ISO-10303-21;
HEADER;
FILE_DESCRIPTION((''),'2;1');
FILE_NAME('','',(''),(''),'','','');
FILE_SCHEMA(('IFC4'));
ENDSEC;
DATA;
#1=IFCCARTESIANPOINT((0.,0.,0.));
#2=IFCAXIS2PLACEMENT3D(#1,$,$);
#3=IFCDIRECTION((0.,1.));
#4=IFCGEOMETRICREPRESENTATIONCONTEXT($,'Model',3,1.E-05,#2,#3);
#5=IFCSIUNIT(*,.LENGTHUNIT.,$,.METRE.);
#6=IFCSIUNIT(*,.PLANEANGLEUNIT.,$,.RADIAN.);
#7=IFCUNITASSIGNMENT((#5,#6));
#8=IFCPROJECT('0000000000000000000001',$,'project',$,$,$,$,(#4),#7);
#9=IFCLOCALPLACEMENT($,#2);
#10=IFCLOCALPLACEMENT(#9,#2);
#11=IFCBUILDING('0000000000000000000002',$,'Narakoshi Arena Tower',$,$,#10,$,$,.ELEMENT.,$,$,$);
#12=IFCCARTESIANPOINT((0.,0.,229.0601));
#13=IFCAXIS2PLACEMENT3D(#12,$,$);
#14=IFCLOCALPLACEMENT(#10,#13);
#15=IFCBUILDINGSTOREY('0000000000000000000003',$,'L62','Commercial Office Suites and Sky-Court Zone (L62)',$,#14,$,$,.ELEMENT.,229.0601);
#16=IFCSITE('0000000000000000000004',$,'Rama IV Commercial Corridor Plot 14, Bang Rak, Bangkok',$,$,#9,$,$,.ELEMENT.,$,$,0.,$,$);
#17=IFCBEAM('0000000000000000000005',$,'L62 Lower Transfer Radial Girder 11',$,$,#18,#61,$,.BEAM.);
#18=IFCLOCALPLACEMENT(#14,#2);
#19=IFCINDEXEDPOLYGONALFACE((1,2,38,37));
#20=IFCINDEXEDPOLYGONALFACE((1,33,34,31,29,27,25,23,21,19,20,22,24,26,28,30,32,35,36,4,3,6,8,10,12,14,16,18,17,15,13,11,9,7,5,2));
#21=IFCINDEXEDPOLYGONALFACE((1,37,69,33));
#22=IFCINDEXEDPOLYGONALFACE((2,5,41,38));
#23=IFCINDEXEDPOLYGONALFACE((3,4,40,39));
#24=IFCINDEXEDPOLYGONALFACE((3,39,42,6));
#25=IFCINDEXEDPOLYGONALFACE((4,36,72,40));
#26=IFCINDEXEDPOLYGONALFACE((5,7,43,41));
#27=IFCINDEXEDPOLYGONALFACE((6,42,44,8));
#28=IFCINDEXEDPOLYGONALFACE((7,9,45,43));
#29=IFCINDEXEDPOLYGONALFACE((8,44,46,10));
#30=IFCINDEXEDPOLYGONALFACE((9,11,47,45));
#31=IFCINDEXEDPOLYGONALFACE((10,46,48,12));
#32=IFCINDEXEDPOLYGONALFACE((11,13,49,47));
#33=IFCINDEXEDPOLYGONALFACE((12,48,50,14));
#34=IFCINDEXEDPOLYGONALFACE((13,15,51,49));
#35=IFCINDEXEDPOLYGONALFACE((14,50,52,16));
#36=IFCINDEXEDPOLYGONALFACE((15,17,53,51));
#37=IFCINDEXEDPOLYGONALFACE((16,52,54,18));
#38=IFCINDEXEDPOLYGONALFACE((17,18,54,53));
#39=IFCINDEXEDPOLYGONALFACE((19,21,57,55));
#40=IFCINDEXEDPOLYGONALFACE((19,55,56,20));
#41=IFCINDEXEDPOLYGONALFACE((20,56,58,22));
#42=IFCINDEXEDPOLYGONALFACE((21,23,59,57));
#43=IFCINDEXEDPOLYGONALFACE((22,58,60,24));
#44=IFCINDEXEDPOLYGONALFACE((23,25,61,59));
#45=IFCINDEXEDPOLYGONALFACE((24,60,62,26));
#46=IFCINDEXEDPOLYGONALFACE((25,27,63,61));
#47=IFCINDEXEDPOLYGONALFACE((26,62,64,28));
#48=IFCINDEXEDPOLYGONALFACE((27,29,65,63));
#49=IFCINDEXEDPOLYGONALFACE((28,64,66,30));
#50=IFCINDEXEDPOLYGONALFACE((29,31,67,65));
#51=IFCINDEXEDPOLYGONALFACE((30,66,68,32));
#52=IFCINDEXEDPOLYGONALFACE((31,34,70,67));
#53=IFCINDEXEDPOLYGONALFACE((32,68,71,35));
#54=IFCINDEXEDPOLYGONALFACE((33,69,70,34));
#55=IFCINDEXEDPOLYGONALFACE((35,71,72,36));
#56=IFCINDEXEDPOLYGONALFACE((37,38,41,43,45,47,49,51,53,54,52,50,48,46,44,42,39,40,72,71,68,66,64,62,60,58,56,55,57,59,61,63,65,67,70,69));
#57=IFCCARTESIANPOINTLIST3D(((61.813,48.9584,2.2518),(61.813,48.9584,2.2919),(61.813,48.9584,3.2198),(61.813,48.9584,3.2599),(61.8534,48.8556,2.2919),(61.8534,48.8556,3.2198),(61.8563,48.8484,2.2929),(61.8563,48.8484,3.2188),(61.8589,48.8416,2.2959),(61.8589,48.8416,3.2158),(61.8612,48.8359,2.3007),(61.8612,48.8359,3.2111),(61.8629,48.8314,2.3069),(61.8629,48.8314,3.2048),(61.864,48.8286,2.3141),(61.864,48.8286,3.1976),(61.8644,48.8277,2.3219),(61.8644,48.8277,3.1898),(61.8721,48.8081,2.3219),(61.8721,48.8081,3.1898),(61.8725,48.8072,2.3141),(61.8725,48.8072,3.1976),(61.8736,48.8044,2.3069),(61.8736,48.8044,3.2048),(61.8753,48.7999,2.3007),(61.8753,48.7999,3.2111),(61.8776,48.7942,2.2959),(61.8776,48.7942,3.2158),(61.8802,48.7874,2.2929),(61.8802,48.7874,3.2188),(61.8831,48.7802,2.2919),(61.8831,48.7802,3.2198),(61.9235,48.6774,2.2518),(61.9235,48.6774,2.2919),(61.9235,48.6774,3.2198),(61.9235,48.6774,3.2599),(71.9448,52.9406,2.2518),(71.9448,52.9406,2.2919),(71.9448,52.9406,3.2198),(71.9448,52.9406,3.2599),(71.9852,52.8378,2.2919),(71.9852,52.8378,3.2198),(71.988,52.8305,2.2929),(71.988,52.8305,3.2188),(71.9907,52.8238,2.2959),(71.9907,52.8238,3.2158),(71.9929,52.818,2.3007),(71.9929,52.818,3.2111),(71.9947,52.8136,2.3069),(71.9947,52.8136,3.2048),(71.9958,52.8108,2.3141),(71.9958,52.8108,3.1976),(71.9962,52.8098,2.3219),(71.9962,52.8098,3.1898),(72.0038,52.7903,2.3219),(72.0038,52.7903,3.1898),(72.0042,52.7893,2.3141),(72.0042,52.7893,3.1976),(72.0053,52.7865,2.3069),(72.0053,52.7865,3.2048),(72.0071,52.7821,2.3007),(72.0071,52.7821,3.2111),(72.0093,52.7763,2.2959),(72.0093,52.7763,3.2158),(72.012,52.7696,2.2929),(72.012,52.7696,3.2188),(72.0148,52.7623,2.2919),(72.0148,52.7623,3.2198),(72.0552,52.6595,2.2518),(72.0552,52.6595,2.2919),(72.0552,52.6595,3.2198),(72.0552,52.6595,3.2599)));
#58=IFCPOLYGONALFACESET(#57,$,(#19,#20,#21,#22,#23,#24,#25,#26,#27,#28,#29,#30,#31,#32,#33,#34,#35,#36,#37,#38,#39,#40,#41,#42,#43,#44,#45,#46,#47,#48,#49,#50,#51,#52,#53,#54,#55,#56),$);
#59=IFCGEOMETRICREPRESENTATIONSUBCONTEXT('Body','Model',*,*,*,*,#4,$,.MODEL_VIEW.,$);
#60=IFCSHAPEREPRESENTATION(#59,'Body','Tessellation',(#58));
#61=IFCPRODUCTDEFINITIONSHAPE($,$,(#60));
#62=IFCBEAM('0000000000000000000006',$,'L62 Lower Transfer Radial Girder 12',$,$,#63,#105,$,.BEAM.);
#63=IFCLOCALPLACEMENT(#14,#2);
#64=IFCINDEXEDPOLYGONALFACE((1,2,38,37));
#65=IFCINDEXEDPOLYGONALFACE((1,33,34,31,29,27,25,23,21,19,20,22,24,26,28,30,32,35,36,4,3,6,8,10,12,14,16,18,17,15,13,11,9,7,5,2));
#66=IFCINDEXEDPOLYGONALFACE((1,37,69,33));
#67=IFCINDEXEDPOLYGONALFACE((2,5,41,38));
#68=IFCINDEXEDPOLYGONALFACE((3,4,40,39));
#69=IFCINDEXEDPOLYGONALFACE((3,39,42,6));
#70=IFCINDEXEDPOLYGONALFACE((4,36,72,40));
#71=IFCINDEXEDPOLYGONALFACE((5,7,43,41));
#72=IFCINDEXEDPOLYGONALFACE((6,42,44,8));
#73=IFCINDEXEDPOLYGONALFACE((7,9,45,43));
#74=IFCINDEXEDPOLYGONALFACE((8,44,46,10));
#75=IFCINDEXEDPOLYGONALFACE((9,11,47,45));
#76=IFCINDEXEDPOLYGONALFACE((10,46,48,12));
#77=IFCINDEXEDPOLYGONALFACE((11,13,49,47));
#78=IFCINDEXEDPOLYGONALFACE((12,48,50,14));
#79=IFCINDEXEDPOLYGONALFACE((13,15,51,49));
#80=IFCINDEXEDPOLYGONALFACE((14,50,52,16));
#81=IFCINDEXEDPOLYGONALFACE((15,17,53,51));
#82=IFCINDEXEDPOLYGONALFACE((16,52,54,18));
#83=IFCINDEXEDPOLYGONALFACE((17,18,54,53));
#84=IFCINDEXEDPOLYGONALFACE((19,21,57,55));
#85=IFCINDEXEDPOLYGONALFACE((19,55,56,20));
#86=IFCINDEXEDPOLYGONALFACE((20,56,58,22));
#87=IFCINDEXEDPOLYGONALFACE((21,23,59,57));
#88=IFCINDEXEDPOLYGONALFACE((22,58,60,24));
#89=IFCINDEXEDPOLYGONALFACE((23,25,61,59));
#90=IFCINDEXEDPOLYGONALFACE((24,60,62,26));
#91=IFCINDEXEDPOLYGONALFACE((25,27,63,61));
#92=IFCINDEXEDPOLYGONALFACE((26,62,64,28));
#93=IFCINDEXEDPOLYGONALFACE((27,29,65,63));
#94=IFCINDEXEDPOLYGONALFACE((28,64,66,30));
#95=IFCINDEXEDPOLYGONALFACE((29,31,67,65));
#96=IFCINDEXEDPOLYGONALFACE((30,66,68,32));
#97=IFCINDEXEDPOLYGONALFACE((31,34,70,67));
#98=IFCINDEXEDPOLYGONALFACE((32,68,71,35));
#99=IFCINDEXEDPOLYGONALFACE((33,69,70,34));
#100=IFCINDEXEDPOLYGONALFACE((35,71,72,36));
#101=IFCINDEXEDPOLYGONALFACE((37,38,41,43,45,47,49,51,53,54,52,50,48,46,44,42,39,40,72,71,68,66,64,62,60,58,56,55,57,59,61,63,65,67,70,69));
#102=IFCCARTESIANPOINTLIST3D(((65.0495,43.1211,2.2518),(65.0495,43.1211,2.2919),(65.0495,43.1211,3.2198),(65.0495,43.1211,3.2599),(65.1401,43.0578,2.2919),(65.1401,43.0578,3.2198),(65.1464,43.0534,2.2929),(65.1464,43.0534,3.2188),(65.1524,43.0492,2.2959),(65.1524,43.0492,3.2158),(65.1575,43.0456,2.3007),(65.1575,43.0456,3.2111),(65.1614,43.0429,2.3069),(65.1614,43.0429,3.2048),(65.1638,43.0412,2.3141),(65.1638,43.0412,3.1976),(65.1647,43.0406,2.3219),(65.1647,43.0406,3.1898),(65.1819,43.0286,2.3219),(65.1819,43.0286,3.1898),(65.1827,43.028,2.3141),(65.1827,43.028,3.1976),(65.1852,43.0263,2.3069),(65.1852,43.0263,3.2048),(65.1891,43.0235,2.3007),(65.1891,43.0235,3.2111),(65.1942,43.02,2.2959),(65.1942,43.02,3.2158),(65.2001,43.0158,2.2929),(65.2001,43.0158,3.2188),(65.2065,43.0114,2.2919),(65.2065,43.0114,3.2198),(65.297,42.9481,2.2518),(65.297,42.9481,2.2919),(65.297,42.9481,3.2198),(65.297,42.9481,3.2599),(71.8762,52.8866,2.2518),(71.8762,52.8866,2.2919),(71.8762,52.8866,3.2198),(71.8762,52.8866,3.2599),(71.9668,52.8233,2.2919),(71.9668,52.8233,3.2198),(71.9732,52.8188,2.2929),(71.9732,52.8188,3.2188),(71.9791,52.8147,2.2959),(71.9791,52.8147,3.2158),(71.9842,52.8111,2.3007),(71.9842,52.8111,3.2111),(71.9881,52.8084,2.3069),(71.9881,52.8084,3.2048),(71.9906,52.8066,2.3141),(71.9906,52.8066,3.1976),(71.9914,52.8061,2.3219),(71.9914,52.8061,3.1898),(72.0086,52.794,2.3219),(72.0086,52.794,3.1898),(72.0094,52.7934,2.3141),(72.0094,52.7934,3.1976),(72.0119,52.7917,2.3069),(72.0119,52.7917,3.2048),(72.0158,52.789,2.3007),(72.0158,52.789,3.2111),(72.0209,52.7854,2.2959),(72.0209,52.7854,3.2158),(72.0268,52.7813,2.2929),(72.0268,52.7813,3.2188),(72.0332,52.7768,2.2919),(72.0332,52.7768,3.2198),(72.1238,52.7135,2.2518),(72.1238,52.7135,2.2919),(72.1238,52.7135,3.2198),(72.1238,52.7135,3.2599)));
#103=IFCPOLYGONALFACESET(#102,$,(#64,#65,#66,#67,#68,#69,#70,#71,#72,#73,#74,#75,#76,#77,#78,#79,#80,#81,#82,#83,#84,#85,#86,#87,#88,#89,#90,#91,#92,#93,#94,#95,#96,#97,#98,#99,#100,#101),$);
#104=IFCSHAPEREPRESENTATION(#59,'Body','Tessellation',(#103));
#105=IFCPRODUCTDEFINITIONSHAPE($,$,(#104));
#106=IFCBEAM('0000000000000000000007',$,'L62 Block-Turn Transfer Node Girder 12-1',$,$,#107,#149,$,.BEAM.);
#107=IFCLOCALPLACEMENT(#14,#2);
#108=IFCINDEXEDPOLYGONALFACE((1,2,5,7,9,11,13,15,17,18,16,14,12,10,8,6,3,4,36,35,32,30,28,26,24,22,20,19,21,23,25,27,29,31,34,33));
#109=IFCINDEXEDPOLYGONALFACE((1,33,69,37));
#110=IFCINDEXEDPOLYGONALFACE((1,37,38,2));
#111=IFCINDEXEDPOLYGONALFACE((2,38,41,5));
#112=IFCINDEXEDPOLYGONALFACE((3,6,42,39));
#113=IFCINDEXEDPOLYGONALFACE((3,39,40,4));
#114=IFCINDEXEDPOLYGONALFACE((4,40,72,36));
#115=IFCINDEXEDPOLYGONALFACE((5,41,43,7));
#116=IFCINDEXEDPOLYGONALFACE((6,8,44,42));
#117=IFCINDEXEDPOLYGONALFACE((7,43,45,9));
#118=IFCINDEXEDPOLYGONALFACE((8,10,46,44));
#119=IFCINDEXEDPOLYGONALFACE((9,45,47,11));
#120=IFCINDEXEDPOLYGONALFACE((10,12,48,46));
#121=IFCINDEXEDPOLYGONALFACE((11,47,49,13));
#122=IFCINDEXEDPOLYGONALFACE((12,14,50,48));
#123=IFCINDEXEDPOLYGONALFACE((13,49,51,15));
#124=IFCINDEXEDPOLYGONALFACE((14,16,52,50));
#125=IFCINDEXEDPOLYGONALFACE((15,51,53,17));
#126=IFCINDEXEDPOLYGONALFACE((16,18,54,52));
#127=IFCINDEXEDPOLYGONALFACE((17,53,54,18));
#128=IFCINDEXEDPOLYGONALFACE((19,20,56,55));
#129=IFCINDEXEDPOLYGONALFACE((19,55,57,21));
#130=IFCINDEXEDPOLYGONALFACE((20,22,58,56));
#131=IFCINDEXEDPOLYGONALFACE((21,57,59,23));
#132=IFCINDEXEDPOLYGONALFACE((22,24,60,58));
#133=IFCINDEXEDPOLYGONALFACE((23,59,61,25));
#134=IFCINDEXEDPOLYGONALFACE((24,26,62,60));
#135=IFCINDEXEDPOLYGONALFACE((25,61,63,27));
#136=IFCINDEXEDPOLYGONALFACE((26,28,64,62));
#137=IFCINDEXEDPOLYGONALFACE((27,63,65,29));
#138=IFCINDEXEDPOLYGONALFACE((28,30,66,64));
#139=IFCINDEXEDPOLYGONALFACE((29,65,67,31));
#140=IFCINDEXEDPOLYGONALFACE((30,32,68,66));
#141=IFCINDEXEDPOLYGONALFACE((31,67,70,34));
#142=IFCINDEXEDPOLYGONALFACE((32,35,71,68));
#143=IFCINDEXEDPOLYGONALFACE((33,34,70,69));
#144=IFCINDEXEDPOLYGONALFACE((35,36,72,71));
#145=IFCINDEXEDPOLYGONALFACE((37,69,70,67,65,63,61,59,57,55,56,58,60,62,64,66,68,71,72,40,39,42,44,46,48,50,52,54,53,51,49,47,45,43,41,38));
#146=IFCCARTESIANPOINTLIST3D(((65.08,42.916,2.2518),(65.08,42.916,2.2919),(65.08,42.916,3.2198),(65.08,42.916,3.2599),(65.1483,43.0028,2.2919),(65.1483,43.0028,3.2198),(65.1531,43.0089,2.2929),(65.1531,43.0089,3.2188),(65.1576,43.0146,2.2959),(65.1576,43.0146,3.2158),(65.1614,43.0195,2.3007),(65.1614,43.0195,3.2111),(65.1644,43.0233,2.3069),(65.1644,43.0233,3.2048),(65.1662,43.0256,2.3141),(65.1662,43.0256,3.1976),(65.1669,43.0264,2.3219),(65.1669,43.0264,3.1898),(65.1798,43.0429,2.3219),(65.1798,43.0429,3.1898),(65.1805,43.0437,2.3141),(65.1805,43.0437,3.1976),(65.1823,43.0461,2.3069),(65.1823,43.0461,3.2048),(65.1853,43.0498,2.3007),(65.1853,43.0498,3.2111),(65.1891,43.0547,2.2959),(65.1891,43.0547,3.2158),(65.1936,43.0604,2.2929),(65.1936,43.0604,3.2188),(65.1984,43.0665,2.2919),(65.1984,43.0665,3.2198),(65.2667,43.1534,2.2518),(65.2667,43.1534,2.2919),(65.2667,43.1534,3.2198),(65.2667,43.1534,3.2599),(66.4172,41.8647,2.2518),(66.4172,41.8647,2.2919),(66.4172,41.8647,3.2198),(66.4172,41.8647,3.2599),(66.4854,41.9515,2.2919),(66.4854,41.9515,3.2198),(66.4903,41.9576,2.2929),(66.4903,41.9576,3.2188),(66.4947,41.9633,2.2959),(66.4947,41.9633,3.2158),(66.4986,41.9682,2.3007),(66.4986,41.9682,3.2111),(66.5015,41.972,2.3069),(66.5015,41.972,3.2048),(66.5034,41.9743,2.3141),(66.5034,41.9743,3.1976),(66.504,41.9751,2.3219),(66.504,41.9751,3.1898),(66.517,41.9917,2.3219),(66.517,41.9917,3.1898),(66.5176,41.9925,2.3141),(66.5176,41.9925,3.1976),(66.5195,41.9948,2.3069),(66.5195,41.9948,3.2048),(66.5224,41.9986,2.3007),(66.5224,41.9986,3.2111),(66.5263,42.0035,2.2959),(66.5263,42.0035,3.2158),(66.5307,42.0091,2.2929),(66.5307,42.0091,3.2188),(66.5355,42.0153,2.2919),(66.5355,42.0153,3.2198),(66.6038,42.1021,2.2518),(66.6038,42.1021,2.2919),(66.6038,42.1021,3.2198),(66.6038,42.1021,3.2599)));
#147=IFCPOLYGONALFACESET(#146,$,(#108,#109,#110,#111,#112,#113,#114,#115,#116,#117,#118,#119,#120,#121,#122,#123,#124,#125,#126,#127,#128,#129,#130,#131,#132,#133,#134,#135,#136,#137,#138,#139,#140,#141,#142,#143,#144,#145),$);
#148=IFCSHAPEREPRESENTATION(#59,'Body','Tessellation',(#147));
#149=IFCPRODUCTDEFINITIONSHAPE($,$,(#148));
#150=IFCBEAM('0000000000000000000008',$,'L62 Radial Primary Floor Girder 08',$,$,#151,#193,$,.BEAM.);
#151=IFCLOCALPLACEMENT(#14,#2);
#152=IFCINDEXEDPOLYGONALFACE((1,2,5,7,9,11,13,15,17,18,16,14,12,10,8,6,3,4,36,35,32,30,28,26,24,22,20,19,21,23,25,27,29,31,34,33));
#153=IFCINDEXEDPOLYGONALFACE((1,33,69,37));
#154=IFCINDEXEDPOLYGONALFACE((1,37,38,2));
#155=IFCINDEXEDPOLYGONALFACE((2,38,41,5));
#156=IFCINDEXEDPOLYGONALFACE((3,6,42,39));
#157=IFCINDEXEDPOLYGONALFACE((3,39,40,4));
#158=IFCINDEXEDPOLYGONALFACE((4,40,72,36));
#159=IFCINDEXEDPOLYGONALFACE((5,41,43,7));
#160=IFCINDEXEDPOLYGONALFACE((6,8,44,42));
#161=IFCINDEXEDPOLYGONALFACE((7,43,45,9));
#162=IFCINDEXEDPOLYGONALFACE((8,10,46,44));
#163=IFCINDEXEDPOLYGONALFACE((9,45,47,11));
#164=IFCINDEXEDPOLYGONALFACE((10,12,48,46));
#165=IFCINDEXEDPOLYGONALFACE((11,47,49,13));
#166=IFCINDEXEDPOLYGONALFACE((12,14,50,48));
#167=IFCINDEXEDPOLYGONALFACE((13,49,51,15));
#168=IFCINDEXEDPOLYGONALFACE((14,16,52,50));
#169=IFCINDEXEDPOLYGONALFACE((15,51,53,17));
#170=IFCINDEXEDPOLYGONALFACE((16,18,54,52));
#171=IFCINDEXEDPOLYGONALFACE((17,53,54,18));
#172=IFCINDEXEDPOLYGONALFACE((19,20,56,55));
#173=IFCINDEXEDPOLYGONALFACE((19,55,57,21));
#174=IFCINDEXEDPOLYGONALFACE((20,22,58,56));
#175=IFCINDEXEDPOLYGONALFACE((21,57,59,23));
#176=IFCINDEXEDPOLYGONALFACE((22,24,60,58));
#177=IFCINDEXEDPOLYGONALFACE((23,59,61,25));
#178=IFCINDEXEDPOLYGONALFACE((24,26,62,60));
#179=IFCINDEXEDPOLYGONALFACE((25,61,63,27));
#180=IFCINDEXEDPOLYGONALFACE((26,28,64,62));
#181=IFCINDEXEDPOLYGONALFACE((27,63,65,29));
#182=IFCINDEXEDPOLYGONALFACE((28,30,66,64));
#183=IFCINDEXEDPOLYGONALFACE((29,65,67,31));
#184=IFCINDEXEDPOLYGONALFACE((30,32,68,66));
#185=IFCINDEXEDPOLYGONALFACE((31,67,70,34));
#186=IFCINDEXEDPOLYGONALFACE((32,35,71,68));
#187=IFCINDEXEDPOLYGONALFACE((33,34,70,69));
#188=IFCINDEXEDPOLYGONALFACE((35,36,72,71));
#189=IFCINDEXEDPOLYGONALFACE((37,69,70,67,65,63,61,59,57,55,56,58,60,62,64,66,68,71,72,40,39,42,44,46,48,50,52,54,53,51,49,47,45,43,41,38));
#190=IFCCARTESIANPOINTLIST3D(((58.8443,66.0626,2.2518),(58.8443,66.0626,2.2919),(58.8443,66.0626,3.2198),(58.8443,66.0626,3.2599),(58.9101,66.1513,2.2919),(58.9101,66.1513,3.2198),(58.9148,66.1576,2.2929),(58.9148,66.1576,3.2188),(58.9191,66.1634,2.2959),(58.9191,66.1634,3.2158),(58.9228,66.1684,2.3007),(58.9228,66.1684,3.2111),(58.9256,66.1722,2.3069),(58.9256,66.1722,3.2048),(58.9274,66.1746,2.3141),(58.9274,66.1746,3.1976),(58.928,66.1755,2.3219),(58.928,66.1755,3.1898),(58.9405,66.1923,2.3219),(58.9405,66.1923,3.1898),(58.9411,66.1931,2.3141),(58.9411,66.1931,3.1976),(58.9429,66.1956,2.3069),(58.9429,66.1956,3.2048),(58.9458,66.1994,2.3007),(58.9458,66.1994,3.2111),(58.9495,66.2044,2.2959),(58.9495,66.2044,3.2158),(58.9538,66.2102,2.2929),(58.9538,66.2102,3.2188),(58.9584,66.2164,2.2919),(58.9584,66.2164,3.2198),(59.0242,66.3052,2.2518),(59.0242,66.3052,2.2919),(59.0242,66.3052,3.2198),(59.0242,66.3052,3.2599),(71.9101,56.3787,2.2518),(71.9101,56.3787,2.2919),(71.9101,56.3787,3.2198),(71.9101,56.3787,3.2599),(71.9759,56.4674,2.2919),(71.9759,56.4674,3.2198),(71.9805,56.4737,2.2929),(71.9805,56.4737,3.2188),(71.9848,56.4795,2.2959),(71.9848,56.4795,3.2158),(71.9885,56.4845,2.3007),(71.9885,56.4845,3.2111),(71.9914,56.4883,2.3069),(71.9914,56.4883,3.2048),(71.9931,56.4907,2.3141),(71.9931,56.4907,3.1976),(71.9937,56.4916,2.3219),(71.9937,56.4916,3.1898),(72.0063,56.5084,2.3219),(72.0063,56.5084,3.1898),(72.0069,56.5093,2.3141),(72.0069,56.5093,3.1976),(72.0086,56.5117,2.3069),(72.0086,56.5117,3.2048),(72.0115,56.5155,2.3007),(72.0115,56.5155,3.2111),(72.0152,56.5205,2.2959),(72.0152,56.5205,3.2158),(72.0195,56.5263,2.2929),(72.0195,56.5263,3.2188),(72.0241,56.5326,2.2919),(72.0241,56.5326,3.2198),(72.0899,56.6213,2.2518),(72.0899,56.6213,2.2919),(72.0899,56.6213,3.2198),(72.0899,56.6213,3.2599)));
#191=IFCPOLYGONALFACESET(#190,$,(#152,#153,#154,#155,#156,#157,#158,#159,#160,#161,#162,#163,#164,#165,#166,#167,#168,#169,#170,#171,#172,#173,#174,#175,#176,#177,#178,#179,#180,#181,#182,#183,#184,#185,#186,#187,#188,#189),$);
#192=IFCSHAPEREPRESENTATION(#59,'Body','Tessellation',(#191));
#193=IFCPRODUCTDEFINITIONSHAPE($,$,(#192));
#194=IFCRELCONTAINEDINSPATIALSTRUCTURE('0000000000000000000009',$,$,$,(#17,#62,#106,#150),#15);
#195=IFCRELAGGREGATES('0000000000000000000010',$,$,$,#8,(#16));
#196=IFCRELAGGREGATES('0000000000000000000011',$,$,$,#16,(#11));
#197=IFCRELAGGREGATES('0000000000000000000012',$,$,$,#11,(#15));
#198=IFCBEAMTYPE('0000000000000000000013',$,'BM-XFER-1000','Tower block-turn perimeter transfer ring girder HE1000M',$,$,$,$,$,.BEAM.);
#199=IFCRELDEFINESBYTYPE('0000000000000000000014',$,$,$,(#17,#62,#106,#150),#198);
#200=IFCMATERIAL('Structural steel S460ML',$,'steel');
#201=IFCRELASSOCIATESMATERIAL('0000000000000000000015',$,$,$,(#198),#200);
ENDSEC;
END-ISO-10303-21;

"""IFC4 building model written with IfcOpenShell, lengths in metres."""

from ifc_helpers import new_model, si_unit, direction, frame, origin, origin_2d, place, context, subcontext, project, spatial, i_section, extrude, material, material_profile, profile_set, type_object, element, save


model = new_model("IFC4")

# Units and contexts
model_context = context("Model", 3, precision=1e-05, world=origin(), true_north=direction((0.0, 1.0)))
body_context = subcontext(model_context, "Body", "Model", "MODEL_VIEW")
ifc_project = project(units=[si_unit("LENGTHUNIT", "METRE"), si_unit("PLANEANGLEUNIT", "RADIAN")], contexts=[model_context])

# Site, building, storey
site_placement = place(None, origin())
site = spatial("IfcSite", under=ifc_project, at=site_placement, Name="Rama IV Commercial Corridor Plot 14, Bang Rak, Bangkok", CompositionType="ELEMENT", RefElevation=0.0)
building_placement = place(site_placement, origin())
building = spatial("IfcBuilding", under=site, at=building_placement, Name="Narakoshi Arena Tower", CompositionType="ELEMENT")
storey_placement = place(building_placement, frame((0.0, 0.0, 229.0601)))
storey = spatial("IfcBuildingStorey", under=building, at=storey_placement, Name="L62", Description="Commercial Office Suites and Sky-Court Zone (L62)", CompositionType="ELEMENT", Elevation=229.0601)

# Beams
ifc_material_1 = material(Name="Structural steel S460ML", Category="steel")
ifc_material_profile_1 = material_profile(ifc_material_1, i_section(OverallWidth=0.302, OverallDepth=1.0081, WebThickness=0.021, FlangeThickness=0.04, FilletRadius=0.03, at=origin_2d()), Name="HE1000M")
ifc_profile_set_1 = profile_set([ifc_material_profile_1], Name="Structural steel S460ML")
beam_type_1 = type_object("IfcBeamType", Name="BM-XFER-1000", Description="Tower block-turn perimeter transfer ring girder HE1000M", PredefinedType="BEAM", material=ifc_profile_set_1)
beam_1_placement = place(storey_placement, frame((72.0, 52.8, 2.7559), z_axis=(-0.930695, -0.365797, 0.0), x_axis=(0.365797, -0.930695, 0.0)))
element("IfcBeam", 1, at=beam_1_placement, inside=storey, type_object=beam_type_1, Name="L62 Lower Transfer Radial Girder 11", PredefinedType="BEAM", context=body_context, shape_type="SweptSolid", body=[
    extrude(i_section(OverallWidth=0.302, OverallDepth=1.0081, WebThickness=0.021, FlangeThickness=0.04, FilletRadius=0.03, at=origin_2d()), origin(), (0.0, 0.0, 1.0), 10.8862),
])
beam_2_placement = place(storey_placement, frame((72.0, 52.8, 2.7559), z_axis=(-0.572949, -0.819591, 0.0), x_axis=(0.819591, -0.572949, 0.0)))
element("IfcBeam", 2, at=beam_2_placement, inside=storey, type_object=beam_type_1, Name="L62 Lower Transfer Radial Girder 12", PredefinedType="BEAM", context=body_context, shape_type="SweptSolid", body=[
    extrude(i_section(OverallWidth=0.302, OverallDepth=1.0081, WebThickness=0.021, FlangeThickness=0.04, FilletRadius=0.03, at=origin_2d()), origin(), (0.0, 0.0, 1.0), 11.915),
])
beam_3_placement = place(storey_placement, frame((65.1733, 43.0347, 2.7559), z_axis=(0.786134, -0.618056, 0.0), x_axis=(0.618056, 0.786134, 0.0)))
element("IfcBeam", 3, at=beam_3_placement, inside=storey, type_object=beam_type_1, Name="L62 Block-Turn Transfer Node Girder 12-1", PredefinedType="BEAM", context=body_context, shape_type="SweptSolid", body=[
    extrude(i_section(OverallWidth=0.302, OverallDepth=1.0081, WebThickness=0.021, FlangeThickness=0.04, FilletRadius=0.03, at=origin_2d()), origin(), (0.0, 0.0, 1.0), 1.7009),
])
beam_4_placement = place(storey_placement, frame((72.0, 56.5, 2.7559), z_axis=(-0.803394, 0.595448, 0.0), x_axis=(-0.595448, -0.803394, 0.0)))
element("IfcBeam", 4, at=beam_4_placement, inside=storey, type_object=beam_type_1, Name="L62 Radial Primary Floor Girder 08", PredefinedType="BEAM", context=body_context, shape_type="SweptSolid", body=[
    extrude(i_section(OverallWidth=0.302, OverallDepth=1.0081, WebThickness=0.021, FlangeThickness=0.04, FilletRadius=0.03, at=origin_2d()), origin(), (0.0, 0.0, 1.0), 16.2632),
])

save(model, "model.ifc")
